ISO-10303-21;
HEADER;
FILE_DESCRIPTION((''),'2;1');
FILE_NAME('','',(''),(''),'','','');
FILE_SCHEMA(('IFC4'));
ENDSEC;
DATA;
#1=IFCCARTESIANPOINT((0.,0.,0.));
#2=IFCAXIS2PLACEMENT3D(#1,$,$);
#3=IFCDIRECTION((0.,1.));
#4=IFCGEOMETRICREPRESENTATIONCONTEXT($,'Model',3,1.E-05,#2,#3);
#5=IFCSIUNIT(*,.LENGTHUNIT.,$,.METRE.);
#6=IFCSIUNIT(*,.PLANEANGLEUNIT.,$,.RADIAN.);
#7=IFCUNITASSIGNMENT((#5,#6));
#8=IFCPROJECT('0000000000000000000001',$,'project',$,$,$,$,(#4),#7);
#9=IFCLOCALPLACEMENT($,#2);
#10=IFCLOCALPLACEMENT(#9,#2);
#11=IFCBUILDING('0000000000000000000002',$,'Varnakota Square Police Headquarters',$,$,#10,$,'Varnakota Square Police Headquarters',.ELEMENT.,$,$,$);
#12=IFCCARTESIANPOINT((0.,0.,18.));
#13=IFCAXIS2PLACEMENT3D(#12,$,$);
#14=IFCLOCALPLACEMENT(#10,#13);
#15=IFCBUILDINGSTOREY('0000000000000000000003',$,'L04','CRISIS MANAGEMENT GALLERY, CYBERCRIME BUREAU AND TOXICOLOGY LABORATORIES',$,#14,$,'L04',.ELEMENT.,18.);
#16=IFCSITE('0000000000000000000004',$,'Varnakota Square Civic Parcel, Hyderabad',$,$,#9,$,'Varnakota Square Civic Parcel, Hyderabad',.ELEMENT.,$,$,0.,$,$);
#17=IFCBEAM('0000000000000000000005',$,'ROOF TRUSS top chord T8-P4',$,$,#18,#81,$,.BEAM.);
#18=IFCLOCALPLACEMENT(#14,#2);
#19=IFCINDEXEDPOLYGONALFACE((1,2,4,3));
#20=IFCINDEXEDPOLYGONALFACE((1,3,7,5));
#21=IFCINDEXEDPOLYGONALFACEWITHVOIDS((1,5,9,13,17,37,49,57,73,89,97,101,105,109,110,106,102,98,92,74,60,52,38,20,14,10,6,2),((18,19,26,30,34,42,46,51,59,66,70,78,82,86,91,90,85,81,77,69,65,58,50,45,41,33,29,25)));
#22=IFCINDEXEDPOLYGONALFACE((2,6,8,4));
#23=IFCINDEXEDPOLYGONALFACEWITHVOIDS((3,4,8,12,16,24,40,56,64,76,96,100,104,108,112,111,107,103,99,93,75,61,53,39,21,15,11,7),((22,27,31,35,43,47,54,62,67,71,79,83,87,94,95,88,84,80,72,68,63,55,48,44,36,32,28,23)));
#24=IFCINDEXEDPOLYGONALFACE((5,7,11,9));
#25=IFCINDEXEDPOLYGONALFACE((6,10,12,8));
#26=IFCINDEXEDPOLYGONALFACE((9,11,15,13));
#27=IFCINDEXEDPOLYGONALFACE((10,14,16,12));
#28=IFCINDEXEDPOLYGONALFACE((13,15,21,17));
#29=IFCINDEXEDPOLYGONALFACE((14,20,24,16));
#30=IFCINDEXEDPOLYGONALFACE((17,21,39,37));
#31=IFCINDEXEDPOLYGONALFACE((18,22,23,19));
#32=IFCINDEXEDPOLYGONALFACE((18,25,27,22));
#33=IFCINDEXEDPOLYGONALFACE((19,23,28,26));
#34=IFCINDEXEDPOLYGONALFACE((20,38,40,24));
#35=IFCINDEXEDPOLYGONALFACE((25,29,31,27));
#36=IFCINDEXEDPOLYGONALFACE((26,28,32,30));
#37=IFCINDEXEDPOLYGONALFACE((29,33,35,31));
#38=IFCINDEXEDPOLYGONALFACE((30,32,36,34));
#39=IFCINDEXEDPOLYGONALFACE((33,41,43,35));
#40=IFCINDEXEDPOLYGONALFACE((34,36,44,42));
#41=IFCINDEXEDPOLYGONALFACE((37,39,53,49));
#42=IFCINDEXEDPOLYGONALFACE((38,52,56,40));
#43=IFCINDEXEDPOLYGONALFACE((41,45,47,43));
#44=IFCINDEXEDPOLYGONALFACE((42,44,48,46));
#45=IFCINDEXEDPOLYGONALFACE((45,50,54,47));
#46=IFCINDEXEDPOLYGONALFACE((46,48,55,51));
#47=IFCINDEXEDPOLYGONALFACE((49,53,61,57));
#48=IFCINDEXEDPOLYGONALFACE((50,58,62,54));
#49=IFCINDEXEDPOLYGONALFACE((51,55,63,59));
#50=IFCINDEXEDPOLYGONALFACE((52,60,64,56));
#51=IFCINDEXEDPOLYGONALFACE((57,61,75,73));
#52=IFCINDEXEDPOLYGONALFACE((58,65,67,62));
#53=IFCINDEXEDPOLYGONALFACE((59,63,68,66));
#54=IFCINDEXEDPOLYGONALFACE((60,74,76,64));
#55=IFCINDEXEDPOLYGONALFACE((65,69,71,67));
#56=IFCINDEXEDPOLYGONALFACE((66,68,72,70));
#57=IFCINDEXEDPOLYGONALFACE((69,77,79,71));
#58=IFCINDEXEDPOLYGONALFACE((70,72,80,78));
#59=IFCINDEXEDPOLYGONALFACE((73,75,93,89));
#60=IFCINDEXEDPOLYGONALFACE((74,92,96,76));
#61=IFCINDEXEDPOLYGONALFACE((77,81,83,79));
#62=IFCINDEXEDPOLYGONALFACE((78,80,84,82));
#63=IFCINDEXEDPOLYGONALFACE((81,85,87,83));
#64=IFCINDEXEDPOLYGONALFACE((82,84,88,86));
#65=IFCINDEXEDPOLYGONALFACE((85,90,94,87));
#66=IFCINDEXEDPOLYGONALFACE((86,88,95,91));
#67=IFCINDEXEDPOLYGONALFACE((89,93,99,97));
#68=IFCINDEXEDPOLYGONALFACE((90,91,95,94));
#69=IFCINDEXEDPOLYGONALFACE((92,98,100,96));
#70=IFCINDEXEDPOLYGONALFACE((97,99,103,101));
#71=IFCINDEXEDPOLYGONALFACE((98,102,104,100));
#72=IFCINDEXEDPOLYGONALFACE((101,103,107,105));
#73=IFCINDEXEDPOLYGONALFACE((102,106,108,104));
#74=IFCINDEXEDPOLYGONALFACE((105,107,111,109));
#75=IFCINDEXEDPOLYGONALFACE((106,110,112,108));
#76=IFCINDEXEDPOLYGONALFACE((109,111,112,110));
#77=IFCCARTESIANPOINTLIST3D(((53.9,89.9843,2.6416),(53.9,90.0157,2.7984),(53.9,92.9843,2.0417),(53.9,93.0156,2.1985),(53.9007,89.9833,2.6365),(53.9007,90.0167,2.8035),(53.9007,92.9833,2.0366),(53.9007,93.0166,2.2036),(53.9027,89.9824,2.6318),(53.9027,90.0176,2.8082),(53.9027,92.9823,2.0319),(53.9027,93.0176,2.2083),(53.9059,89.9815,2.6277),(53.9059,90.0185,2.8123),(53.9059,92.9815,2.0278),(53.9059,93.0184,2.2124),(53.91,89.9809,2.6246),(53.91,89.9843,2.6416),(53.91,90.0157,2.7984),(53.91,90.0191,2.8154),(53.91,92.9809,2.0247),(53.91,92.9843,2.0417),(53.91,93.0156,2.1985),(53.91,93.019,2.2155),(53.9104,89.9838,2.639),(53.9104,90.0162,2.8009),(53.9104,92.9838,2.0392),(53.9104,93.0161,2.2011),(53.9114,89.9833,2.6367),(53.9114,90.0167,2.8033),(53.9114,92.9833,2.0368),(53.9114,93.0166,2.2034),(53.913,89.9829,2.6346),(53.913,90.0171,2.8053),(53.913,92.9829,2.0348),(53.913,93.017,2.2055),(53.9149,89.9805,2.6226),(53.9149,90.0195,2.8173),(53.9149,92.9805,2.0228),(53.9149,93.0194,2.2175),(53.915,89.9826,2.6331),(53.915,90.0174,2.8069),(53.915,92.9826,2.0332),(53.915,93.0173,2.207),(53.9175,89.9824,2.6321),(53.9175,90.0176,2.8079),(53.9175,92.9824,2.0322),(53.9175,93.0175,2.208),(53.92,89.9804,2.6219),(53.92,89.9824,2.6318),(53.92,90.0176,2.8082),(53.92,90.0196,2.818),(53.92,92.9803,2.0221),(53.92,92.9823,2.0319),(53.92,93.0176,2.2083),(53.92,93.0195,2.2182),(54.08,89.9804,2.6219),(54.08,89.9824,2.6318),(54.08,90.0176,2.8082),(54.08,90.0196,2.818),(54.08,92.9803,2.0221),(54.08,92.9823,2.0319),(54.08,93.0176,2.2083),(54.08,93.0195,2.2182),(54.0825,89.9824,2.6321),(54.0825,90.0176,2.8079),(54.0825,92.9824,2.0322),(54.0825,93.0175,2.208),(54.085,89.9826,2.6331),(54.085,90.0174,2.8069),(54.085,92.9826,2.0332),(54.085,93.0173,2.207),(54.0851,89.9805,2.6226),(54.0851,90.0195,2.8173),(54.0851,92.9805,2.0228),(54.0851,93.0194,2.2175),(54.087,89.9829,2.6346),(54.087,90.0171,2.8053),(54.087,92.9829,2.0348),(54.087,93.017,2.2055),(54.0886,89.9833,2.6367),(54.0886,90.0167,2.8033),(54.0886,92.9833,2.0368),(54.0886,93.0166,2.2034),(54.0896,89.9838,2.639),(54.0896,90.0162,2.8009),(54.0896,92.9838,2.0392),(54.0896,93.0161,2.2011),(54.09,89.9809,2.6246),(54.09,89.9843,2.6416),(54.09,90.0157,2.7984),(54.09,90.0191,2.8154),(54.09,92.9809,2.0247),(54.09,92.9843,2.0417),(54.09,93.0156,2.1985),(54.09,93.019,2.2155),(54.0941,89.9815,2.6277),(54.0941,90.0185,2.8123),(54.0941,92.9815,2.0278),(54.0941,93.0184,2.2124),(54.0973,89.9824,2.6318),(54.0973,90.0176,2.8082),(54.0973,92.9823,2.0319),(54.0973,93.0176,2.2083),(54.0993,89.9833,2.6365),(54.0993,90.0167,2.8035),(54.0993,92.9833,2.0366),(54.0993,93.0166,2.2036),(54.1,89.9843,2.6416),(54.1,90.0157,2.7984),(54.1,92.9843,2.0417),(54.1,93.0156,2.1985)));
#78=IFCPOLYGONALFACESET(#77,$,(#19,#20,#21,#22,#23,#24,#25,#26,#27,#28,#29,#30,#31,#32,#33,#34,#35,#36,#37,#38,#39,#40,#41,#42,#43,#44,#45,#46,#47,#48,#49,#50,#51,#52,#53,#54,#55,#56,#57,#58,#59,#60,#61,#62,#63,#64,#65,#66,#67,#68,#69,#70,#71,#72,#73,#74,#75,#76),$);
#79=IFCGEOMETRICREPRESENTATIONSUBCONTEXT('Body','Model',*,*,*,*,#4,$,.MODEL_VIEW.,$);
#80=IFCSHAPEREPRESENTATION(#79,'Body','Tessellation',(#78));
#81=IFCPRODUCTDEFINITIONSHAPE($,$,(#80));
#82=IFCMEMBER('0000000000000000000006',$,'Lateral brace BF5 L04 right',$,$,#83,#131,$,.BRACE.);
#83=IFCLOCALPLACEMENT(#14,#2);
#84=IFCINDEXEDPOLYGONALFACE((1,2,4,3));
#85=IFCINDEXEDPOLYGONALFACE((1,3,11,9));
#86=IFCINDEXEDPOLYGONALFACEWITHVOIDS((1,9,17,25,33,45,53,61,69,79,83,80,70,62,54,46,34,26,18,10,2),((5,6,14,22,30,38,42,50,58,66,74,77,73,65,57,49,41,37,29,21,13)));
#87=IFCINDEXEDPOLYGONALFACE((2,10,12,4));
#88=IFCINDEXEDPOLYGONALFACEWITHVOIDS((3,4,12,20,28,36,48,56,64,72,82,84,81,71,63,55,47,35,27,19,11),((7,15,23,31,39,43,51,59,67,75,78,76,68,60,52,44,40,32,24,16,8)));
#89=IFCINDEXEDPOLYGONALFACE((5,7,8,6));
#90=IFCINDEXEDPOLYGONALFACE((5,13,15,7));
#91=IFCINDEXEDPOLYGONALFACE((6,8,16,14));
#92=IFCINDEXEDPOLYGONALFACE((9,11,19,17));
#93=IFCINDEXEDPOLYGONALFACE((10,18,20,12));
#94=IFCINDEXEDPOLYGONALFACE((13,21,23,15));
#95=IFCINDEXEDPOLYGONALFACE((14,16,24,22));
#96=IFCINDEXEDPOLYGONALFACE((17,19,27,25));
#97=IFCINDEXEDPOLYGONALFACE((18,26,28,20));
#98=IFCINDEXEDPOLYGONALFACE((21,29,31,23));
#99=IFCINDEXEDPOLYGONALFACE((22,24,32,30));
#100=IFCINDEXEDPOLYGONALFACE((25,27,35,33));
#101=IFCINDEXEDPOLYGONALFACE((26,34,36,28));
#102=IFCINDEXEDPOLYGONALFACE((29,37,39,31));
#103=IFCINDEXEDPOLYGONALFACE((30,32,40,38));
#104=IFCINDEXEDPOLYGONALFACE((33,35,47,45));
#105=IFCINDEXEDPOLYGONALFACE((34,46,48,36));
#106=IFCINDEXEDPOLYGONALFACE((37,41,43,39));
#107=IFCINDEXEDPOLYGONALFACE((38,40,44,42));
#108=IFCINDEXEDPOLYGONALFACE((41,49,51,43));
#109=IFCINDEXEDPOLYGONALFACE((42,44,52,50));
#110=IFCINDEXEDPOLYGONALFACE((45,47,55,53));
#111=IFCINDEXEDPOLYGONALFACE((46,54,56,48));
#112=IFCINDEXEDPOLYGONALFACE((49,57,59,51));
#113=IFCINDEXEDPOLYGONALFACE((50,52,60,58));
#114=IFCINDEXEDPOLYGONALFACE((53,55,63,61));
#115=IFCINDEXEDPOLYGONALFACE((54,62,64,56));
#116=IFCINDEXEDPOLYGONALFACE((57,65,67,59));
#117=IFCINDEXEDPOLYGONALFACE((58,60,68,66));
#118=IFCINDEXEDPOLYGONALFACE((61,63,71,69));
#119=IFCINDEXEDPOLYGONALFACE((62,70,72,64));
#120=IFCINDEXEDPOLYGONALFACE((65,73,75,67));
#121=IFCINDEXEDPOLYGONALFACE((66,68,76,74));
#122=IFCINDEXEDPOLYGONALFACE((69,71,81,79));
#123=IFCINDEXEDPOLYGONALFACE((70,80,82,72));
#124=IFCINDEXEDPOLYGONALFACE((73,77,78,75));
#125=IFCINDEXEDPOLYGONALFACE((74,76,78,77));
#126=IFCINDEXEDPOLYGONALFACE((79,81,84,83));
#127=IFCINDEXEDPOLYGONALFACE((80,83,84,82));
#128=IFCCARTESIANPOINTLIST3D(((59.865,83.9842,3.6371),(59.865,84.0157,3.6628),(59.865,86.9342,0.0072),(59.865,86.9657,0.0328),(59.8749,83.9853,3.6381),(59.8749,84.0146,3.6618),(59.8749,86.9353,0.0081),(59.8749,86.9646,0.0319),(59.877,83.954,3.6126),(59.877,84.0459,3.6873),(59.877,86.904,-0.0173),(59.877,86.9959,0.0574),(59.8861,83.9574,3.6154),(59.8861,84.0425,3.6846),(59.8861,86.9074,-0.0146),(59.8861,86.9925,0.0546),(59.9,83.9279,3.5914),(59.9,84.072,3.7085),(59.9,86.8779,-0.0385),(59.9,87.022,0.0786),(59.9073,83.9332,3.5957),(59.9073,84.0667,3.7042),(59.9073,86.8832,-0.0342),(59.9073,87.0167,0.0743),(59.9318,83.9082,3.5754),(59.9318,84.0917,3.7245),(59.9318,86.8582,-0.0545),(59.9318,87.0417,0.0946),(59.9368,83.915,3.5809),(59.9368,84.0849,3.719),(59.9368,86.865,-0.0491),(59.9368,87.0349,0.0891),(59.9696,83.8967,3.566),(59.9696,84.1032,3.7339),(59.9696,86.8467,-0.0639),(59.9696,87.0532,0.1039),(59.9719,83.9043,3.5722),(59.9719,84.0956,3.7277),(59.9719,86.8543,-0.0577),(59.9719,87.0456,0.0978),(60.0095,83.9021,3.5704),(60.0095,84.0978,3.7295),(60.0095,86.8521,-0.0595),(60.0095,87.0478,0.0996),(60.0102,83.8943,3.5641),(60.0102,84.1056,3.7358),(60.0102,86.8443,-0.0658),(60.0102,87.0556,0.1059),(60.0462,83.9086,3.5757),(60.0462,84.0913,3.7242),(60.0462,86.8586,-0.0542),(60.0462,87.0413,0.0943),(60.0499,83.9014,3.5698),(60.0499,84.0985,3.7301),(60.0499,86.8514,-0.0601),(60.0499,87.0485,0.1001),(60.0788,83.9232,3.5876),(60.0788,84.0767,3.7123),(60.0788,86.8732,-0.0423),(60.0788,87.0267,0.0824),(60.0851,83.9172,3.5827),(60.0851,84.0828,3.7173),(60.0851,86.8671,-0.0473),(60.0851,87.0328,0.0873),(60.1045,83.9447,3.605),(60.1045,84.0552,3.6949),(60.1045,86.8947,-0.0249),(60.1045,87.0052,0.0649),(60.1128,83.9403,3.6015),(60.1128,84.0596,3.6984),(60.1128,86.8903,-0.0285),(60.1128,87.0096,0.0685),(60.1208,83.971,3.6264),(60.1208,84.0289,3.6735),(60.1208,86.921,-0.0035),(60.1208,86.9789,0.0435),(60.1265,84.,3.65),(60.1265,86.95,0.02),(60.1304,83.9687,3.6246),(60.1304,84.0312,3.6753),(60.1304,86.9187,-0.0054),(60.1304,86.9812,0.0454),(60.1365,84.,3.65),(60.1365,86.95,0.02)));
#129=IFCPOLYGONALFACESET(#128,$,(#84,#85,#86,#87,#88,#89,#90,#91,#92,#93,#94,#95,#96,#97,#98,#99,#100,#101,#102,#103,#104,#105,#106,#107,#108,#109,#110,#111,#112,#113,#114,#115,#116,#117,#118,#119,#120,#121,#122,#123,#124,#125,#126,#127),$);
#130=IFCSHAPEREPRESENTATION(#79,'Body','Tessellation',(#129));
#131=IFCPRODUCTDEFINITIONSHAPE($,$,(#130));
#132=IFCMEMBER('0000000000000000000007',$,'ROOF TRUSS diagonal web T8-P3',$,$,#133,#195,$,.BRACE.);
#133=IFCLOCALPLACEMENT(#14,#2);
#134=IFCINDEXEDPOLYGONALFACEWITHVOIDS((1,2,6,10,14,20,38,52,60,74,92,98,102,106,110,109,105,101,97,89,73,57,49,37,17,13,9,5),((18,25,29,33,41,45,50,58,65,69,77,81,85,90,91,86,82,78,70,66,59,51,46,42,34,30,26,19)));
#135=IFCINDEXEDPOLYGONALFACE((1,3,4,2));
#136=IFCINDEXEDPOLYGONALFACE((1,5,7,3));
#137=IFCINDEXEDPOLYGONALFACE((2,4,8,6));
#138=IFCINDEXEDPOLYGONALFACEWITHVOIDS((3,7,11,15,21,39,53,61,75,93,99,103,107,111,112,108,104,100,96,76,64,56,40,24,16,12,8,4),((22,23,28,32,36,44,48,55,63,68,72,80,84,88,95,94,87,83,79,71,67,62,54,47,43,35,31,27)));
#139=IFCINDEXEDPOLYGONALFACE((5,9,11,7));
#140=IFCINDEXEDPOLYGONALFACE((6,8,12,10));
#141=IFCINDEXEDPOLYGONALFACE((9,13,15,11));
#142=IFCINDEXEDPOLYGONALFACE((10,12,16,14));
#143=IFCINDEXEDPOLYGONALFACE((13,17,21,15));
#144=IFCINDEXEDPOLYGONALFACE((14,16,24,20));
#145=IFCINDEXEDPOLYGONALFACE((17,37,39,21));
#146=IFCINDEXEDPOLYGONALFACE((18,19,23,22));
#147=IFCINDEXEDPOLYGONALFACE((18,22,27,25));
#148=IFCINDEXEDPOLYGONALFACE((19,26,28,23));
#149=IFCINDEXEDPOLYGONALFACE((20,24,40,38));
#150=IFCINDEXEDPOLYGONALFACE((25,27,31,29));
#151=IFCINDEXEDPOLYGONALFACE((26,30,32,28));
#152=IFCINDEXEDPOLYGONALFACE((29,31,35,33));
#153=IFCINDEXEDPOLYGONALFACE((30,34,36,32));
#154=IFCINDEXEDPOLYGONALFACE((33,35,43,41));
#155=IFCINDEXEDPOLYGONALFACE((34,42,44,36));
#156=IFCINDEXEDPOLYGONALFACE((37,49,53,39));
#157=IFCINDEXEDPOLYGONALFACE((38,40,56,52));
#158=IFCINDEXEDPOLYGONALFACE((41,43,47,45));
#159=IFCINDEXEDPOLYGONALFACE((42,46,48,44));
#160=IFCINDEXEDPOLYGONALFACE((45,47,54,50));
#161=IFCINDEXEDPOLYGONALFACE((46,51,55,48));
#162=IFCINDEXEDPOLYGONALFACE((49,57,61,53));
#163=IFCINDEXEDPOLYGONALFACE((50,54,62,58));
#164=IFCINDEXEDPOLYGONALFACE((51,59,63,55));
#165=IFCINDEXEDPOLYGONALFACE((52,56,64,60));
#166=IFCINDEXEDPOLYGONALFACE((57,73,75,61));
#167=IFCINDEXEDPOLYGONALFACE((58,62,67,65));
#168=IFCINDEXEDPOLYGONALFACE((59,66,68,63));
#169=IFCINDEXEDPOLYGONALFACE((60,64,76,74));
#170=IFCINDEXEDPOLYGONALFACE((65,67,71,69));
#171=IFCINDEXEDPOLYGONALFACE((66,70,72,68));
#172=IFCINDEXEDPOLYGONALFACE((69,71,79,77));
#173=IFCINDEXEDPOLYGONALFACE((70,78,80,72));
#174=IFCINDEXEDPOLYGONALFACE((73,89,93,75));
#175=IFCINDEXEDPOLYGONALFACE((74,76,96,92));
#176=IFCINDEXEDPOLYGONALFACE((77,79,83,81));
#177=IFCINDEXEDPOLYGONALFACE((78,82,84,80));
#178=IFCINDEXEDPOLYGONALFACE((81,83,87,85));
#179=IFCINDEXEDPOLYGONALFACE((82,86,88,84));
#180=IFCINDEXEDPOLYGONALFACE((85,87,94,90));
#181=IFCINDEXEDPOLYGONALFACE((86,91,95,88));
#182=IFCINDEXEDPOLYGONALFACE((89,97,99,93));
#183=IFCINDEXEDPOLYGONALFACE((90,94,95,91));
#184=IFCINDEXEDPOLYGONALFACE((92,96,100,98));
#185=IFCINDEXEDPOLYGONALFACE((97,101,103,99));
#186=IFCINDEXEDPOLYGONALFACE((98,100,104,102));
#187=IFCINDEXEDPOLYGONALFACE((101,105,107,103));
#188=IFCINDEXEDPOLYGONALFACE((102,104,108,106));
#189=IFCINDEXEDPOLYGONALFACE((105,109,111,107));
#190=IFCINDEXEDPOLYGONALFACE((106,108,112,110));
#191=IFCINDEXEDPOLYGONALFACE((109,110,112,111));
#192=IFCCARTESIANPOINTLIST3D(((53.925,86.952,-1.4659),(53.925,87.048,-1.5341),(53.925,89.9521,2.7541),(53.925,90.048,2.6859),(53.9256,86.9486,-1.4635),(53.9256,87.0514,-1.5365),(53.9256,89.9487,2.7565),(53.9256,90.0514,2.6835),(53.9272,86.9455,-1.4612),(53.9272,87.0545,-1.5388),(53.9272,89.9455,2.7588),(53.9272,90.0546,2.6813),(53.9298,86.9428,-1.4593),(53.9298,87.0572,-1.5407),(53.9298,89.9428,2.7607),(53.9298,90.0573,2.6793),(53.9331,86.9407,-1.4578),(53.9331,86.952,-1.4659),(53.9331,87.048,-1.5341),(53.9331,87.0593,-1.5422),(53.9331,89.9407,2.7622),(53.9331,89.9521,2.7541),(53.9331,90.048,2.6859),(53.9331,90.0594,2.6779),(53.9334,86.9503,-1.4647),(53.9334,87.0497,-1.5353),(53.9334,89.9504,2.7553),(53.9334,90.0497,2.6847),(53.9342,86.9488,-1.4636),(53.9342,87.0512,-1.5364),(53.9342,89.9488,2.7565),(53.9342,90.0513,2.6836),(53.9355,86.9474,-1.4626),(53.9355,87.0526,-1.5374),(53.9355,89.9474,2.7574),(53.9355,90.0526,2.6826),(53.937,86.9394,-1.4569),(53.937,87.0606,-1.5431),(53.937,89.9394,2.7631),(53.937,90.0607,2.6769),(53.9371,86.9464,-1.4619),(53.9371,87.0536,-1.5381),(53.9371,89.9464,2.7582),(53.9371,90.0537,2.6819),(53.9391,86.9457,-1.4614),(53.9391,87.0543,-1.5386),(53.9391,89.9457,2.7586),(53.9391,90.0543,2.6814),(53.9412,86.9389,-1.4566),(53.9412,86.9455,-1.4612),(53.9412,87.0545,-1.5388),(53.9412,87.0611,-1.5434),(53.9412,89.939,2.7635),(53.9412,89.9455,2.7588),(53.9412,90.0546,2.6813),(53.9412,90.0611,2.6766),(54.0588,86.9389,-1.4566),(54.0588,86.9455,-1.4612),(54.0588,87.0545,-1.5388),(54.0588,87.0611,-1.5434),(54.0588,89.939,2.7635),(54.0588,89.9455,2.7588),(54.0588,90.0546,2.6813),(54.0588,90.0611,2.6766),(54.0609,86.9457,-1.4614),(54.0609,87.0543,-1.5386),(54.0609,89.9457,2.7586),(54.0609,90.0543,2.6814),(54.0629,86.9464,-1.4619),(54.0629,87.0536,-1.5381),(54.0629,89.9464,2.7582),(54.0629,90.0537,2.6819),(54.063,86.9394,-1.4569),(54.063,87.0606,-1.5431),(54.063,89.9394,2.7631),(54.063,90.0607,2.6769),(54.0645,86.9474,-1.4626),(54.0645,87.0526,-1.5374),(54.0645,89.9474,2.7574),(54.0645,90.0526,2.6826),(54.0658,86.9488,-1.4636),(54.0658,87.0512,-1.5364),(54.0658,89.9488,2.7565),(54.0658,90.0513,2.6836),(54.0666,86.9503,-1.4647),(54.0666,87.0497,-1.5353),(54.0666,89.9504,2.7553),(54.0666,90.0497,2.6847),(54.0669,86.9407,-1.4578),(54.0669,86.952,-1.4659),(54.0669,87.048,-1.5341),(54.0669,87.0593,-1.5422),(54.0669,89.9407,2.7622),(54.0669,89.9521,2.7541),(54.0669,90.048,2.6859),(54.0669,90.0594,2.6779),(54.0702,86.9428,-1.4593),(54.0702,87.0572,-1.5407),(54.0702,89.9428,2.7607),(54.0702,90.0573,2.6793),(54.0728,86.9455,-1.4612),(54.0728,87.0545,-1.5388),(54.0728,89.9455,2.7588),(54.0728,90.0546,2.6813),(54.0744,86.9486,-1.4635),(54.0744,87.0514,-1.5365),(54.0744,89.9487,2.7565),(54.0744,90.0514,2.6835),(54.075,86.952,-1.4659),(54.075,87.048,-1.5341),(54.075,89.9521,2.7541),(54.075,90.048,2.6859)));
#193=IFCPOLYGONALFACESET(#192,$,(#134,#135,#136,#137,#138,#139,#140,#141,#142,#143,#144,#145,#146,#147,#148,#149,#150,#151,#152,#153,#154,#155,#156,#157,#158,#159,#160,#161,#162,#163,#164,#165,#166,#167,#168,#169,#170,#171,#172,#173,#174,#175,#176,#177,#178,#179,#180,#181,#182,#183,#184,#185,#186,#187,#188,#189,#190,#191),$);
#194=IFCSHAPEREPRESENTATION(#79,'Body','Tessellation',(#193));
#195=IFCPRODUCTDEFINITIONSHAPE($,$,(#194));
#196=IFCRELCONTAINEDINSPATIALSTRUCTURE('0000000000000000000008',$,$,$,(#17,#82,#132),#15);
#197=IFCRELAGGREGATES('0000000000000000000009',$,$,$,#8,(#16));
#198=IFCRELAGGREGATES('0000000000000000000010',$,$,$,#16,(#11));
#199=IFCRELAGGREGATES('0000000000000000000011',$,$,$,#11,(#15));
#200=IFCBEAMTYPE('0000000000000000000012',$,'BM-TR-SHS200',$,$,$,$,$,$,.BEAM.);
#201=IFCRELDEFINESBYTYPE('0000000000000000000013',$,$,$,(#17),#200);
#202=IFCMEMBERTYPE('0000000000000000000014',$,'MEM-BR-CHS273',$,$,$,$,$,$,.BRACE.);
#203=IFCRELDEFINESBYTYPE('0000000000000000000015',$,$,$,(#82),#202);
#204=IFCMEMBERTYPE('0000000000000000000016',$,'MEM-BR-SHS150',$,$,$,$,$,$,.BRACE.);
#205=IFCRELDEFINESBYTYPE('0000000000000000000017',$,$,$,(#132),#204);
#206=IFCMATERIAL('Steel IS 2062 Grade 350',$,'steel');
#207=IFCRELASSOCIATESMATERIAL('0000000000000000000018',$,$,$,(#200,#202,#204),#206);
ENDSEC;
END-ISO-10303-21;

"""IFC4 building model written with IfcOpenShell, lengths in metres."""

from ifc_helpers import new_model, si_unit, direction, frame, origin, origin_2d, place, context, subcontext, project, spatial, hollow_rectangle, hollow_circle, extrude, material, material_profile, profile_set, type_object, element, save


model = new_model("IFC4")

# Units and contexts
model_context = context("Model", 3, precision=1e-05, world=origin(), true_north=direction((0.0, 1.0)))
body_context = subcontext(model_context, "Body", "Model", "MODEL_VIEW")
ifc_project = project(units=[si_unit("LENGTHUNIT", "METRE"), si_unit("PLANEANGLEUNIT", "RADIAN")], contexts=[model_context])

# Site, building, storey
site_placement = place(None, origin())
site = spatial("IfcSite", under=ifc_project, at=site_placement, Name="Varnakota Square Civic Parcel, Hyderabad", LongName="Varnakota Square Civic Parcel, Hyderabad", CompositionType="ELEMENT", RefElevation=0.0)
building_placement = place(site_placement, origin())
building = spatial("IfcBuilding", under=site, at=building_placement, Name="Varnakota Square Police Headquarters", LongName="Varnakota Square Police Headquarters", CompositionType="ELEMENT")
storey_placement = place(building_placement, frame((0.0, 0.0, 18.0)))
storey = spatial("IfcBuildingStorey", under=building, at=storey_placement, Name="L04", Description="CRISIS MANAGEMENT GALLERY, CYBERCRIME BUREAU AND TOXICOLOGY LABORATORIES", LongName="L04", CompositionType="ELEMENT", Elevation=18.0)

# Shared definitions
ifc_material_1 = material(Name="Steel IS 2062 Grade 350", Category="steel")

# Beam
ifc_material_profile_1 = material_profile(ifc_material_1, hollow_rectangle(XDim=0.2, YDim=0.2, WallThickness=0.01, InnerFilletRadius=0.01, OuterFilletRadius=0.02, at=origin_2d()), Name="SHS 200x200x10")
ifc_profile_set_1 = profile_set([ifc_material_profile_1], Name="Steel IS 2062 Grade 350")
beam_type_1 = type_object("IfcBeamType", Name="BM-TR-SHS200", PredefinedType="BEAM", material=ifc_profile_set_1)
for number, where, z_axis, x_axis, name in (
    (1, (54.0, 90.0, 2.72), (0.0, 0.98059, -0.19607), (-1.0, 0.0, 0.0), "ROOF TRUSS top chord T8-P4"),
):
    element("IfcBeam", number, at=place(storey_placement, frame(where, z_axis=z_axis, x_axis=x_axis)), inside=storey, type_object=beam_type_1, Name=name, PredefinedType="BEAM", context=body_context, shape_type="SweptSolid", body=[
        extrude(hollow_rectangle(XDim=0.2, YDim=0.2, WallThickness=0.01, InnerFilletRadius=0.01, OuterFilletRadius=0.02, at=origin_2d()), origin(), (0.0, 0.0, 1.0), 3.0593),
    ])

# Members
ifc_material_profile_2 = material_profile(ifc_material_1, hollow_circle(Radius=0.1365, WallThickness=0.01, at=origin_2d()), Name="CHS 273.0x10.0")
ifc_profile_set_2 = profile_set([ifc_material_profile_2], Name="Steel IS 2062 Grade 350")
member_type_1 = type_object("IfcMemberType", Name="MEM-BR-CHS273", PredefinedType="BRACE", material=ifc_profile_set_2)
member_1_placement = place(storey_placement, frame((60.0, 86.95, 0.02), z_axis=(0.0, -0.630679, 0.776044), x_axis=(1.0, 0.0, 0.0)))
element("IfcMember", 2, at=member_1_placement, inside=storey, type_object=member_type_1, Name="Lateral brace BF5 L04 right", PredefinedType="BRACE", context=body_context, shape_type="SweptSolid", body=[
    extrude(hollow_circle(Radius=0.1365, WallThickness=0.01, at=origin_2d()), origin(), (0.0, 0.0, 1.0), 4.6775),
])
ifc_material_profile_3 = material_profile(ifc_material_1, hollow_rectangle(XDim=0.1499, YDim=0.1499, WallThickness=0.0081, InnerFilletRadius=0.0081, OuterFilletRadius=0.0161, at=origin_2d()), Name="SHS 150x150x8")
ifc_profile_set_3 = profile_set([ifc_material_profile_3], Name="Steel IS 2062 Grade 350")
member_type_2 = type_object("IfcMemberType", Name="MEM-BR-SHS150", PredefinedType="BRACE", material=ifc_profile_set_3)
member_2_placement = place(storey_placement, frame((54.0, 87.0, -1.5), z_axis=(0.0, 0.579412, 0.815034), x_axis=(-1.0, 0.0, 0.0)))
element("IfcMember", 3, at=member_2_placement, inside=storey, type_object=member_type_2, Name="ROOF TRUSS diagonal web T8-P3", PredefinedType="BRACE", context=body_context, shape_type="SweptSolid", body=[
    extrude(hollow_rectangle(XDim=0.1499, YDim=0.1499, WallThickness=0.0081, InnerFilletRadius=0.0081, OuterFilletRadius=0.0161, at=origin_2d()), origin(), (0.0, 0.0, 1.0), 5.1777),
])

save(model, "model.ifc")
